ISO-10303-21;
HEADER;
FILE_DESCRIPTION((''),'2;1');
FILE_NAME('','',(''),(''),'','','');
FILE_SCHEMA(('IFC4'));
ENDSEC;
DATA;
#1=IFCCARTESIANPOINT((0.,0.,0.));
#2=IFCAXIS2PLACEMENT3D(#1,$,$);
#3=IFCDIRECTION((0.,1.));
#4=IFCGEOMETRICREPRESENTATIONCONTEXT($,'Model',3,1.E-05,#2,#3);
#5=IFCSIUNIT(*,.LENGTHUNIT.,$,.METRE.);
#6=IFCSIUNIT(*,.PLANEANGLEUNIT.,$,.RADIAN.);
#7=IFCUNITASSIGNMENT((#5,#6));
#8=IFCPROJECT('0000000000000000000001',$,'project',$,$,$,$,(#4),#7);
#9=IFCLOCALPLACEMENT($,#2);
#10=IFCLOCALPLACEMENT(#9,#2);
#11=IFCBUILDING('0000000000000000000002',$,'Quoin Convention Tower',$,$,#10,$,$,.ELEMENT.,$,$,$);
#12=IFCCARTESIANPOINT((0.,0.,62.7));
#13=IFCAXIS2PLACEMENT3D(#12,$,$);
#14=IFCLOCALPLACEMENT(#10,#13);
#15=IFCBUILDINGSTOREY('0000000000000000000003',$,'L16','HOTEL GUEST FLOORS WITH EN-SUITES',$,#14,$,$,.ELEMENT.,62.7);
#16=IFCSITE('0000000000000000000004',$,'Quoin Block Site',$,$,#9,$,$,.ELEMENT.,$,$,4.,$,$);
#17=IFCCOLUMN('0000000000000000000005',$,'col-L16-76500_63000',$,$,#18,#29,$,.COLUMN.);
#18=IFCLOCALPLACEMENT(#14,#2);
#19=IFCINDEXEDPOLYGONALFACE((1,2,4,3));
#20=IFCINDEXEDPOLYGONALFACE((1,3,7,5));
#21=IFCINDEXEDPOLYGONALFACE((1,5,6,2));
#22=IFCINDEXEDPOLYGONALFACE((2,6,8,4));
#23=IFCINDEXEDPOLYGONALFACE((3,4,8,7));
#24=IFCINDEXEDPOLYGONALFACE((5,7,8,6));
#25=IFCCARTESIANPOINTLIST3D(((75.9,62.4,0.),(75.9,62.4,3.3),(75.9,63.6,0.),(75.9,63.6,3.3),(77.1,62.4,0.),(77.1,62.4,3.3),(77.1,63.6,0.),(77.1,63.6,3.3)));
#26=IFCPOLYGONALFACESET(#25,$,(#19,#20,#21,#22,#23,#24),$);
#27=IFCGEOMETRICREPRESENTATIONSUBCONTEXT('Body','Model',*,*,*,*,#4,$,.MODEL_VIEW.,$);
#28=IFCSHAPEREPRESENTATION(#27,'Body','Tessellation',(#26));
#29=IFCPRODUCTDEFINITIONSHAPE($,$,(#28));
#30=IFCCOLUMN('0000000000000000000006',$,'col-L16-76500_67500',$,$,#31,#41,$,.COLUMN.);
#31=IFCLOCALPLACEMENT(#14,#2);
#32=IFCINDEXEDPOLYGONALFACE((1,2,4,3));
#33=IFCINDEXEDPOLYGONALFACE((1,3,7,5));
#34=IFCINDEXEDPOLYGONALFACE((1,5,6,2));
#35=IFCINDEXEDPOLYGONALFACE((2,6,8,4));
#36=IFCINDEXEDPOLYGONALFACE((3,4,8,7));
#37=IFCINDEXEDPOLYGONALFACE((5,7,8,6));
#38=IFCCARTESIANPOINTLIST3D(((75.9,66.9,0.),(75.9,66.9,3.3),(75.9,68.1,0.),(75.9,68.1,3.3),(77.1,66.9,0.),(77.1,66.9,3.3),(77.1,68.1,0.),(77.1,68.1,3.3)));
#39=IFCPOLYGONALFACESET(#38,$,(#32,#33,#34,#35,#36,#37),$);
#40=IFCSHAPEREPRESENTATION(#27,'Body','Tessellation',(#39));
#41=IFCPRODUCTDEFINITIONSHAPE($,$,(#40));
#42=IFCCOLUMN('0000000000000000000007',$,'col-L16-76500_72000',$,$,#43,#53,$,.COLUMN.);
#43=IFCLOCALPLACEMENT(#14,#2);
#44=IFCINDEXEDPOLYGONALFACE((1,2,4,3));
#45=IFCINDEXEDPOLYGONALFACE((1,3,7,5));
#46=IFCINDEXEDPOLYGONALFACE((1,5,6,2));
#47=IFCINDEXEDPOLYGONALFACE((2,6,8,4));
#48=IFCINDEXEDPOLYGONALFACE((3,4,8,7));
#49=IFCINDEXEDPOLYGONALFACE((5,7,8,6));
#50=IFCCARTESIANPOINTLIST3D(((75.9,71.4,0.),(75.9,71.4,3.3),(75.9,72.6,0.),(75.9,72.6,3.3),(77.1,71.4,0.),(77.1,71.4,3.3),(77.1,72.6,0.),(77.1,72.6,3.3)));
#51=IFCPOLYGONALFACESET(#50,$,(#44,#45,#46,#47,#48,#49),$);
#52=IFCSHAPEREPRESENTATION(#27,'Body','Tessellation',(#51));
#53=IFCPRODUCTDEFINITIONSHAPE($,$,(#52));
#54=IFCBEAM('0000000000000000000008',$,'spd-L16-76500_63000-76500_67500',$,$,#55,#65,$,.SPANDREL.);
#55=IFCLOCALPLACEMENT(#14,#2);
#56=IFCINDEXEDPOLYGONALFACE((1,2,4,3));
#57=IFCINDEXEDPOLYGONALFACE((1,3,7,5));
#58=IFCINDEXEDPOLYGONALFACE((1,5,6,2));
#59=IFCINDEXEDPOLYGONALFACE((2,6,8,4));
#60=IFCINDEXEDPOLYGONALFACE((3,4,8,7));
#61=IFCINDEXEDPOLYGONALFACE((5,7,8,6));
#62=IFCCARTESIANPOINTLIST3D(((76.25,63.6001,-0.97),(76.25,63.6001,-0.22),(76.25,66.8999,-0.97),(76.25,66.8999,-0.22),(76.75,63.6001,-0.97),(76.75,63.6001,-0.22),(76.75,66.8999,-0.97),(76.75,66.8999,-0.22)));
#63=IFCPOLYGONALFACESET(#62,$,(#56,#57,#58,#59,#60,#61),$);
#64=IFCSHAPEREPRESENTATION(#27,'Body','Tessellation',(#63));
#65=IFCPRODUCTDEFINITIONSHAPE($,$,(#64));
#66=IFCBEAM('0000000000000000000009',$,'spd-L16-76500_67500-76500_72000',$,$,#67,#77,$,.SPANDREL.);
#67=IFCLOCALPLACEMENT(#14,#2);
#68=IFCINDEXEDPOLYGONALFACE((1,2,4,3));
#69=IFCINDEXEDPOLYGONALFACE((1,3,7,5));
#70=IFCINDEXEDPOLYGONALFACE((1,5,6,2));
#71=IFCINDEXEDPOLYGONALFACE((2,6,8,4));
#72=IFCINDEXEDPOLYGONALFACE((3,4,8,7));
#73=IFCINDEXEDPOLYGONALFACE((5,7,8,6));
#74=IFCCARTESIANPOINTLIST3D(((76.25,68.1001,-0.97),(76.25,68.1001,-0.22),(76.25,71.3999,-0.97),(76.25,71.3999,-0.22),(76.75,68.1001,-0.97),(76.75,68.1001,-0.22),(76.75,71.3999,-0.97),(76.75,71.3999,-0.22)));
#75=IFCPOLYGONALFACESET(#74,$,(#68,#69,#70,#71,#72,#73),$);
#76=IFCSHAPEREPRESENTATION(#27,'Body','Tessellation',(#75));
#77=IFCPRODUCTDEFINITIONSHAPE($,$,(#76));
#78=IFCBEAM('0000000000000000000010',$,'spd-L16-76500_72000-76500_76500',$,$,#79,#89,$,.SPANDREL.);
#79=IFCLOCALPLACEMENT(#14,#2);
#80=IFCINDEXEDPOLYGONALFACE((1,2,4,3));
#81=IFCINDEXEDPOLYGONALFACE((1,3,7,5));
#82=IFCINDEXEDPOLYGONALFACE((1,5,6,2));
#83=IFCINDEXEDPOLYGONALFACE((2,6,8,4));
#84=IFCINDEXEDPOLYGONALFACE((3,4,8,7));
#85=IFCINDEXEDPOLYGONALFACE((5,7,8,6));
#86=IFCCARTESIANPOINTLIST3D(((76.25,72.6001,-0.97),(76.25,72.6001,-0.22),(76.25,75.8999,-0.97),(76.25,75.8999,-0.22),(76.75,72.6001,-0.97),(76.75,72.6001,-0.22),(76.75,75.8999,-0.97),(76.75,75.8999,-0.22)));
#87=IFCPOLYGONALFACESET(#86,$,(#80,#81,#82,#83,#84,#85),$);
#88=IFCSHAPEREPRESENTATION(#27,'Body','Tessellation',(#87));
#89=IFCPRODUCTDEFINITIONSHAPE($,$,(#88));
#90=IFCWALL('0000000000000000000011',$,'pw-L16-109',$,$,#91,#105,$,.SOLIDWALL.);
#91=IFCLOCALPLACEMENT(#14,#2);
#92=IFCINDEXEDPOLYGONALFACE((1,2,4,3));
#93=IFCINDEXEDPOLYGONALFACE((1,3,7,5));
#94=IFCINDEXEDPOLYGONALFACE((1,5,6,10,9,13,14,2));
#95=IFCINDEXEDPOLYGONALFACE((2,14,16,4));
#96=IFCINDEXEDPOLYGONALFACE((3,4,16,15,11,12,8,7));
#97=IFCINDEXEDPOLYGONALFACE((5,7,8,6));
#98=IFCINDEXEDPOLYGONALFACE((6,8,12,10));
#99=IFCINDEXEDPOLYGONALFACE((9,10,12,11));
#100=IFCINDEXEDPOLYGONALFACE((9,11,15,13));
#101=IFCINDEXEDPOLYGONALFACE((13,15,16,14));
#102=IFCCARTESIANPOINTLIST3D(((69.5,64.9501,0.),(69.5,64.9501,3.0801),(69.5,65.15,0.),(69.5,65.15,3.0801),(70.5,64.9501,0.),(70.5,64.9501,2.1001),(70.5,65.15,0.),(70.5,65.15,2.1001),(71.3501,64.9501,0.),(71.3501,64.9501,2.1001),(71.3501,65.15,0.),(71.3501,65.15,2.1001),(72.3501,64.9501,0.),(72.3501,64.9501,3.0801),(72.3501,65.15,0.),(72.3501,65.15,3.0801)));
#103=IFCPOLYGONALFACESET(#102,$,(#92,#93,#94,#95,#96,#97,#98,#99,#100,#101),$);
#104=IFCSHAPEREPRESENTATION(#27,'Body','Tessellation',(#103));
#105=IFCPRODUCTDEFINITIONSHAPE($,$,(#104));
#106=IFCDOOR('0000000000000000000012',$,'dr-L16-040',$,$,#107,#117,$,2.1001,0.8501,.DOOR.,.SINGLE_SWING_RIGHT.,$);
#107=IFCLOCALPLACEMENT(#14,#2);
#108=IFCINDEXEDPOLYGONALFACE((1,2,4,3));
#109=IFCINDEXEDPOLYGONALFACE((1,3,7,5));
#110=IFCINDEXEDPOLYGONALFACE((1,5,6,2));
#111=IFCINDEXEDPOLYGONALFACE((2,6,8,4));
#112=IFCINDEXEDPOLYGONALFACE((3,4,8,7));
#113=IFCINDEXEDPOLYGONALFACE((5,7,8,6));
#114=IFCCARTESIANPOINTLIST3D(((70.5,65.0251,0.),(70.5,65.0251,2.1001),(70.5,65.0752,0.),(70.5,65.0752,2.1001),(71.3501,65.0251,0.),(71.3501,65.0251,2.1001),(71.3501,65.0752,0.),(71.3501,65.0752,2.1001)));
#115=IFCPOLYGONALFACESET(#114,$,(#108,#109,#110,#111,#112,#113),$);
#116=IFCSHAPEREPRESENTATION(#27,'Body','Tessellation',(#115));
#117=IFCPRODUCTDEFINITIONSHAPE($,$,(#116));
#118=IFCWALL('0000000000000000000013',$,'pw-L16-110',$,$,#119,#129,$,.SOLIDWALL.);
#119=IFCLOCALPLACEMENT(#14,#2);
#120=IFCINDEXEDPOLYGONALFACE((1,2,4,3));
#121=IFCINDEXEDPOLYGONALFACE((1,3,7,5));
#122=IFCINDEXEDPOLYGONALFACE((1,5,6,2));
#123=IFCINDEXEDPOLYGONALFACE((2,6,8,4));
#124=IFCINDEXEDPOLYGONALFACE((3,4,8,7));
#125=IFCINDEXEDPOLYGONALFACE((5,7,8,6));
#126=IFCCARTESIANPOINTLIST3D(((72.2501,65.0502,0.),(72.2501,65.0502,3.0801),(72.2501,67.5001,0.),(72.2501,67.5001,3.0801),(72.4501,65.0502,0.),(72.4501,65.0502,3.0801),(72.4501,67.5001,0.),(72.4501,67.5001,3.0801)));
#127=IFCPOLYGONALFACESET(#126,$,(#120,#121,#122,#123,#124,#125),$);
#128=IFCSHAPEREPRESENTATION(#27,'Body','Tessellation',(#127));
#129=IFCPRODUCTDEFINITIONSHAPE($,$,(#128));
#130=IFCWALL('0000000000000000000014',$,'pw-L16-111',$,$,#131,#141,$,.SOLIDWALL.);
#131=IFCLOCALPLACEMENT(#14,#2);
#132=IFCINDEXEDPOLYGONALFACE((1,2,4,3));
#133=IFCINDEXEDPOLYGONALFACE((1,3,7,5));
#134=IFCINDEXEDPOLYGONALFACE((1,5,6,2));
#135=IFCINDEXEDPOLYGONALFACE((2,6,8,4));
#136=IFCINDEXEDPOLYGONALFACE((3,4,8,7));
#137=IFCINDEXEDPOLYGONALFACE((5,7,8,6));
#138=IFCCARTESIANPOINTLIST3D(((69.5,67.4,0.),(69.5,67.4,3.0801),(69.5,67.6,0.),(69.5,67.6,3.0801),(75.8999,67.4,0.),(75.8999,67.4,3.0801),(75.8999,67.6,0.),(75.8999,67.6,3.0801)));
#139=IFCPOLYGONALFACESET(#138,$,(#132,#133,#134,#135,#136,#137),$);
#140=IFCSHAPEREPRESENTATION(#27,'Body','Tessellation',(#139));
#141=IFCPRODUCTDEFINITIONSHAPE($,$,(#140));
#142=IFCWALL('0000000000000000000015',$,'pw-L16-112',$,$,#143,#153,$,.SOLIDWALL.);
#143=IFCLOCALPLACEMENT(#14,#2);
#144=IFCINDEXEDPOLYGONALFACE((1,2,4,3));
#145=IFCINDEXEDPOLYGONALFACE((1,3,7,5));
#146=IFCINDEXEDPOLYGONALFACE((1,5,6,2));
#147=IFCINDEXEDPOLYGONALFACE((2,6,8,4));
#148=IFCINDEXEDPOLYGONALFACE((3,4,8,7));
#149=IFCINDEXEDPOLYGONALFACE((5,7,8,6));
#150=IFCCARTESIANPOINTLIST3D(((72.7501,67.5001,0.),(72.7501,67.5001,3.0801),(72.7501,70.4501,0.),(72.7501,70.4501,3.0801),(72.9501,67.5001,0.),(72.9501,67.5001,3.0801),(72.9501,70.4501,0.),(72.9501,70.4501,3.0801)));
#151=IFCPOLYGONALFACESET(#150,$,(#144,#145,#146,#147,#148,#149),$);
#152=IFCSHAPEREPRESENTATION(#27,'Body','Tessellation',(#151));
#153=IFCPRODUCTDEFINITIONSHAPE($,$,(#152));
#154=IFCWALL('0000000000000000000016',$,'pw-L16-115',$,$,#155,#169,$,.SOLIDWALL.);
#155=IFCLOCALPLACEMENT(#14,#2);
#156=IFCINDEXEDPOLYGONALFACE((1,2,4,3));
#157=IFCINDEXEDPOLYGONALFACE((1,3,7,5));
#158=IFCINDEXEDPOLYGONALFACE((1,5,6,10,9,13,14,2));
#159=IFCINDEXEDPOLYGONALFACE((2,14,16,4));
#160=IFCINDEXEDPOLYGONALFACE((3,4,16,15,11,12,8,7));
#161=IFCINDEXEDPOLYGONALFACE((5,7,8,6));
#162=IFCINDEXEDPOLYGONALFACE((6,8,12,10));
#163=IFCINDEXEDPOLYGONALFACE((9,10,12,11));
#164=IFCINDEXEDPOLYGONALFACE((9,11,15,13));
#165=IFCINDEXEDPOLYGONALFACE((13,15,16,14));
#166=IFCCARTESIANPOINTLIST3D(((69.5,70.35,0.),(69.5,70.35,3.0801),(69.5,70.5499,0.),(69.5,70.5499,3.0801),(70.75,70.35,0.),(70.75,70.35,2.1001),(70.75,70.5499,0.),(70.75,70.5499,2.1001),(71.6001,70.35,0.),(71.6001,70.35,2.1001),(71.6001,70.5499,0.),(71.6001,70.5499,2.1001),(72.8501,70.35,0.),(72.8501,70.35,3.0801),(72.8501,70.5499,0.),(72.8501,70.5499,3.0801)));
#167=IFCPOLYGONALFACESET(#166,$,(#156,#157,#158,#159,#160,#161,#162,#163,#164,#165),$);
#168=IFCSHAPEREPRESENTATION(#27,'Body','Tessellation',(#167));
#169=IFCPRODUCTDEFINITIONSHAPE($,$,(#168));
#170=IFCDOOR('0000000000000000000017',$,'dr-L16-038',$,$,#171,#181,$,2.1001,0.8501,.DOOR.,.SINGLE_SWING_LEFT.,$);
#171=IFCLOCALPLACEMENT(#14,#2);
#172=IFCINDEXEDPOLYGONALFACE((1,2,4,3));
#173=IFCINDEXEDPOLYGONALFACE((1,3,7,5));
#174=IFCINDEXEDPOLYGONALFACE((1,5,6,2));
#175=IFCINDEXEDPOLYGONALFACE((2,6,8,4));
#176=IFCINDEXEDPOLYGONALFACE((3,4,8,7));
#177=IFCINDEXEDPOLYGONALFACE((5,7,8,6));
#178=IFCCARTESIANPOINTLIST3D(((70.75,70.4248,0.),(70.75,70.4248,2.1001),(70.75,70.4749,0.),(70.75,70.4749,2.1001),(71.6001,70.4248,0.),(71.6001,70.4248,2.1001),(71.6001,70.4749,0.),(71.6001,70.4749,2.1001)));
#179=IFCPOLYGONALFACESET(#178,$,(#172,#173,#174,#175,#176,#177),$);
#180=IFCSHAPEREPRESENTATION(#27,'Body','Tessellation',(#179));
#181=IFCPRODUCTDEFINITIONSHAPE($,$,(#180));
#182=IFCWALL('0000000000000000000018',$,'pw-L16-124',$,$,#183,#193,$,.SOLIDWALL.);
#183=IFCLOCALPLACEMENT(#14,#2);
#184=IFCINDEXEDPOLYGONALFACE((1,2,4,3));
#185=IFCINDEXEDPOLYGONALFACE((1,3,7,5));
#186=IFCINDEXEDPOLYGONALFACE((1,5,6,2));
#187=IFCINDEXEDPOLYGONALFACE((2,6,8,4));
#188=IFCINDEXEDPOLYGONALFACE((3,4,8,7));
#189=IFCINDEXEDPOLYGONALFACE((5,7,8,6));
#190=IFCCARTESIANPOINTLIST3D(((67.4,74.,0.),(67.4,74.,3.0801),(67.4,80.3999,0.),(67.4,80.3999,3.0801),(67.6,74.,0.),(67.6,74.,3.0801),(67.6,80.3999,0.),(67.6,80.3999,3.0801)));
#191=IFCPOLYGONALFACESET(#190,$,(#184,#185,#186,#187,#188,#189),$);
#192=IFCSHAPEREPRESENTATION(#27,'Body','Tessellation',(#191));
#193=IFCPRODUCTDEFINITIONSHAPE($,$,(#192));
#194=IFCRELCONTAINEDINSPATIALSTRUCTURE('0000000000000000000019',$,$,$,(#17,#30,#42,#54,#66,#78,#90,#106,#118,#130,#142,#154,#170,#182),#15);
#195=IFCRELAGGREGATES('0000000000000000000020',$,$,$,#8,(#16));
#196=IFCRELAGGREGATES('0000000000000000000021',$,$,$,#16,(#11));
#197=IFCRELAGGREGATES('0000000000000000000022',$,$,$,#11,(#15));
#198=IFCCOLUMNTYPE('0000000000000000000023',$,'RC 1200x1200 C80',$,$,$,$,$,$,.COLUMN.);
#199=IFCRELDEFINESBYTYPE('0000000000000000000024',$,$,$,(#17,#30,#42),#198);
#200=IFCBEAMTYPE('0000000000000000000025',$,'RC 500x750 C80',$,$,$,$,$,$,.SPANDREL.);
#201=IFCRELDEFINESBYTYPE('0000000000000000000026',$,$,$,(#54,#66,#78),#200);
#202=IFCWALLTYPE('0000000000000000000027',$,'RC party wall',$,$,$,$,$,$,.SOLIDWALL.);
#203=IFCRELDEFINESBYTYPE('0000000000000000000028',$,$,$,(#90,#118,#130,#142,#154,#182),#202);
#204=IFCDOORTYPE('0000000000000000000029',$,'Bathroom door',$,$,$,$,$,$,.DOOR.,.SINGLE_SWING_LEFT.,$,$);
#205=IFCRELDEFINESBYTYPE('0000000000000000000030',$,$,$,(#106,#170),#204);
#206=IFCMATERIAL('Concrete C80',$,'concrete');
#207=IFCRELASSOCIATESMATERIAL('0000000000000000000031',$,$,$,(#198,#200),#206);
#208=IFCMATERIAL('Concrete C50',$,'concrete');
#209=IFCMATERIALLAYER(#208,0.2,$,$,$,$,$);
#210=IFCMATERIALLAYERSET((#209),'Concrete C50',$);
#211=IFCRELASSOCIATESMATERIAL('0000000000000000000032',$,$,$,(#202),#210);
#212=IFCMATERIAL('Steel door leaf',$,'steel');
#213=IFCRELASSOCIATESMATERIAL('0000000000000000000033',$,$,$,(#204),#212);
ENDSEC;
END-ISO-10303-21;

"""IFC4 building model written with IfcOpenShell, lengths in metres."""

from ifc_helpers import new_model, si_unit, direction, frame, frame_2d, origin, origin_2d, place, context, subcontext, project, spatial, rectangle, extrude, material, layer, layer_set, material_profile, profile_set, type_object, element, fill, save


model = new_model("IFC4")

# Units and contexts
model_context = context("Model", 3, precision=1e-05, world=origin(), true_north=direction((0.0, 1.0)))
body_context = subcontext(model_context, "Body", "Model", "MODEL_VIEW")
ifc_project = project(units=[si_unit("LENGTHUNIT", "METRE"), si_unit("PLANEANGLEUNIT", "RADIAN")], contexts=[model_context])

# Site, building, storey
site_placement = place(None, origin())
site = spatial("IfcSite", under=ifc_project, at=site_placement, Name="Quoin Block Site", CompositionType="ELEMENT", RefElevation=4.0)
building_placement = place(site_placement, origin())
building = spatial("IfcBuilding", under=site, at=building_placement, Name="Quoin Convention Tower", CompositionType="ELEMENT")
storey_placement = place(building_placement, frame((0.0, 0.0, 62.7)))
storey = spatial("IfcBuildingStorey", under=building, at=storey_placement, Name="L16", Description="HOTEL GUEST FLOORS WITH EN-SUITES", CompositionType="ELEMENT", Elevation=62.7)

# Columns
ifc_material_1 = material(Name="Concrete C80", Category="concrete")
ifc_material_profile_1 = material_profile(ifc_material_1, rectangle(XDim=1.2, YDim=1.2, at=origin_2d()), Name="RC 1200x1200")
ifc_profile_set_1 = profile_set([ifc_material_profile_1], Name="Concrete C80")
column_type = type_object("IfcColumnType", Name="RC 1200x1200 C80", PredefinedType="COLUMN", material=ifc_profile_set_1)
for number, where, z_axis, x_axis, name in (
    (1, (76.5, 63.0, 0.0), (0.0, 0.0, 1.0), (1.0, 0.0, 0.0), "col-L16-76500_63000"),
    (2, (76.5, 67.5, 0.0), (0.0, 0.0, 1.0), (1.0, 0.0, 0.0), "col-L16-76500_67500"),
    (3, (76.5, 72.0, 0.0), (0.0, 0.0, 1.0), (1.0, 0.0, 0.0), "col-L16-76500_72000"),
):
    element("IfcColumn", number, at=place(storey_placement, frame(where, z_axis=z_axis, x_axis=x_axis)), inside=storey, type_object=column_type, Name=name, PredefinedType="COLUMN", context=body_context, shape_type="SweptSolid", body=[
        extrude(rectangle(XDim=1.2, YDim=1.2, at=origin_2d()), origin(), (0.0, 0.0, 1.0), 3.3),
    ])

# Beams
ifc_material_profile_2 = material_profile(ifc_material_1, rectangle(XDim=0.5, YDim=0.75, at=origin_2d()), Name="RC 500x750")
ifc_profile_set_2 = profile_set([ifc_material_profile_2], Name="Concrete C80")
beam_type = type_object("IfcBeamType", Name="RC 500x750 C80", PredefinedType="SPANDREL", material=ifc_profile_set_2)
for number, where, z_axis, x_axis, name in (
    (4, (76.5, 63.6001, -0.595), (0.0, 1.0, 0.0), (-1.0, 0.0, 0.0), "spd-L16-76500_63000-76500_67500"),
    (5, (76.5, 68.1001, -0.595), (0.0, 1.0, 0.0), (-1.0, 0.0, 0.0), "spd-L16-76500_67500-76500_72000"),
    (6, (76.5, 72.6001, -0.595), (0.0, 1.0, 0.0), (-1.0, 0.0, 0.0), "spd-L16-76500_72000-76500_76500"),
):
    element("IfcBeam", number, at=place(storey_placement, frame(where, z_axis=z_axis, x_axis=x_axis)), inside=storey, type_object=beam_type, Name=name, PredefinedType="SPANDREL", context=body_context, shape_type="SweptSolid", body=[
        extrude(rectangle(XDim=0.5, YDim=0.75, at=origin_2d()), origin(), (0.0, 0.0, 1.0), 3.2998),
    ])

# Wall, opening, door
ifc_material_2 = material(Name="Concrete C50", Category="concrete")
ifc_layer = layer(ifc_material_2, 0.2)
ifc_layer_set = layer_set([ifc_layer], Name="Concrete C50")
wall_type = type_object("IfcWallType", Name="RC party wall", PredefinedType="SOLIDWALL", material=ifc_layer_set)
wall_1_placement = place(storey_placement, frame((69.5, 65.05, 0.0), z_axis=(0.0, 0.0, 1.0), x_axis=(1.0, 0.0, 0.0)))
wall_1 = element("IfcWall", 7, at=wall_1_placement, inside=storey, type_object=wall_type, Name="pw-L16-109", PredefinedType="SOLIDWALL", context=body_context, shape_type="SweptSolid", body=[
    extrude(rectangle(XDim=2.8501, YDim=0.2, at=frame_2d((1.425, 0.0))), origin(), (0.0, 0.0, 1.0), 3.0801),
])
opening_1_placement = place(wall_1_placement, frame((1.0, 0.0, 0.0)))
opening_1 = element("IfcOpeningElement", 8, at=opening_1_placement, cuts=wall_1, PredefinedType="OPENING", context=body_context, shape_type="SweptSolid", body=[
    extrude(rectangle(XDim=0.8501, YDim=2.1001, at=frame_2d((0.425, 1.05))), frame((0.0, 0.1099, 0.0), z_axis=(0.0, -1.0, 0.0), x_axis=(1.0, 0.0, 0.0)), (0.0, 0.0, 1.0), 0.22),
])
ifc_material_3 = material(Name="Steel door leaf", Category="steel")
door_type = type_object("IfcDoorType", Name="Bathroom door", OperationType="SINGLE_SWING_LEFT", PredefinedType="DOOR", material=ifc_material_3)
door_1_placement = place(opening_1_placement, frame((0.8501, 0.0, 0.0), z_axis=(0.0, 0.0, 1.0), x_axis=(-1.0, 0.0, 0.0)))
door_1 = element("IfcDoor", 9, at=door_1_placement, inside=storey, type_object=door_type, Name="dr-L16-040", OperationType="SINGLE_SWING_RIGHT", OverallHeight=2.1001, OverallWidth=0.8501, PredefinedType="DOOR", context=body_context, shape_type="SweptSolid", body=[
    extrude(rectangle(XDim=0.8501, YDim=2.1001, at=frame_2d((0.425, 1.05))), frame((0.0, 0.0249, 0.0), z_axis=(0.0, -1.0, 0.0), x_axis=(1.0, 0.0, 0.0)), (0.0, 0.0, 1.0), 0.05),
])
fill(opening_1, door_1)

# Walls
wall_2_placement = place(storey_placement, frame((72.3501, 65.05, 0.0), z_axis=(0.0, 0.0, 1.0), x_axis=(0.0, 1.0, 0.0)))
element("IfcWall", 10, at=wall_2_placement, inside=storey, type_object=wall_type, Name="pw-L16-110", PredefinedType="SOLIDWALL", context=body_context, shape_type="SweptSolid", body=[
    extrude(rectangle(XDim=2.45, YDim=0.2, at=frame_2d((1.2251, 0.0))), origin(), (0.0, 0.0, 1.0), 3.0801),
])
wall_3_placement = place(storey_placement, frame((69.5, 67.5, 0.0), z_axis=(0.0, 0.0, 1.0), x_axis=(1.0, 0.0, 0.0)))
element("IfcWall", 11, at=wall_3_placement, inside=storey, type_object=wall_type, Name="pw-L16-111", PredefinedType="SOLIDWALL", context=body_context, shape_type="SweptSolid", body=[
    extrude(rectangle(XDim=6.3999, YDim=0.2, at=frame_2d((3.2, 0.0))), origin(), (0.0, 0.0, 1.0), 3.0801),
])
wall_4_placement = place(storey_placement, frame((72.8501, 67.5, 0.0), z_axis=(0.0, 0.0, 1.0), x_axis=(0.0, 1.0, 0.0)))
element("IfcWall", 12, at=wall_4_placement, inside=storey, type_object=wall_type, Name="pw-L16-112", PredefinedType="SOLIDWALL", context=body_context, shape_type="SweptSolid", body=[
    extrude(rectangle(XDim=2.95, YDim=0.2, at=frame_2d((1.4751, 0.0))), origin(), (0.0, 0.0, 1.0), 3.0801),
])

# Wall, opening, door
wall_5_placement = place(storey_placement, frame((69.5, 70.45, 0.0), z_axis=(0.0, 0.0, 1.0), x_axis=(1.0, 0.0, 0.0)))
wall_5 = element("IfcWall", 13, at=wall_5_placement, inside=storey, type_object=wall_type, Name="pw-L16-115", PredefinedType="SOLIDWALL", context=body_context, shape_type="SweptSolid", body=[
    extrude(rectangle(XDim=3.3501, YDim=0.2, at=frame_2d((1.675, 0.0))), origin(), (0.0, 0.0, 1.0), 3.0801),
])
opening_2_placement = place(wall_5_placement, frame((1.25, 0.0, 0.0)))
opening_2 = element("IfcOpeningElement", 14, at=opening_2_placement, cuts=wall_5, PredefinedType="OPENING", context=body_context, shape_type="SweptSolid", body=[
    extrude(rectangle(XDim=0.8501, YDim=2.1001, at=frame_2d((0.425, 1.05))), frame((0.0, 0.1099, 0.0), z_axis=(0.0, -1.0, 0.0), x_axis=(1.0, 0.0, 0.0)), (0.0, 0.0, 1.0), 0.22),
])
door_2_placement = place(opening_2_placement, origin())
door_2 = element("IfcDoor", 15, at=door_2_placement, inside=storey, type_object=door_type, Name="dr-L16-038", OperationType="SINGLE_SWING_LEFT", OverallHeight=2.1001, OverallWidth=0.8501, PredefinedType="DOOR", context=body_context, shape_type="SweptSolid", body=[
    extrude(rectangle(XDim=0.8501, YDim=2.1001, at=frame_2d((0.425, 1.05))), frame((0.0, 0.0249, 0.0), z_axis=(0.0, -1.0, 0.0), x_axis=(1.0, 0.0, 0.0)), (0.0, 0.0, 1.0), 0.05),
])
fill(opening_2, door_2)

# Wall
wall_6_placement = place(storey_placement, frame((67.5, 74.0, 0.0), z_axis=(0.0, 0.0, 1.0), x_axis=(0.0, 1.0, 0.0)))
element("IfcWall", 16, at=wall_6_placement, inside=storey, type_object=wall_type, Name="pw-L16-124", PredefinedType="SOLIDWALL", context=body_context, shape_type="SweptSolid", body=[
    extrude(rectangle(XDim=6.3999, YDim=0.2, at=frame_2d((3.2, 0.0))), origin(), (0.0, 0.0, 1.0), 3.0801),
])

save(model, "model.ifc")
